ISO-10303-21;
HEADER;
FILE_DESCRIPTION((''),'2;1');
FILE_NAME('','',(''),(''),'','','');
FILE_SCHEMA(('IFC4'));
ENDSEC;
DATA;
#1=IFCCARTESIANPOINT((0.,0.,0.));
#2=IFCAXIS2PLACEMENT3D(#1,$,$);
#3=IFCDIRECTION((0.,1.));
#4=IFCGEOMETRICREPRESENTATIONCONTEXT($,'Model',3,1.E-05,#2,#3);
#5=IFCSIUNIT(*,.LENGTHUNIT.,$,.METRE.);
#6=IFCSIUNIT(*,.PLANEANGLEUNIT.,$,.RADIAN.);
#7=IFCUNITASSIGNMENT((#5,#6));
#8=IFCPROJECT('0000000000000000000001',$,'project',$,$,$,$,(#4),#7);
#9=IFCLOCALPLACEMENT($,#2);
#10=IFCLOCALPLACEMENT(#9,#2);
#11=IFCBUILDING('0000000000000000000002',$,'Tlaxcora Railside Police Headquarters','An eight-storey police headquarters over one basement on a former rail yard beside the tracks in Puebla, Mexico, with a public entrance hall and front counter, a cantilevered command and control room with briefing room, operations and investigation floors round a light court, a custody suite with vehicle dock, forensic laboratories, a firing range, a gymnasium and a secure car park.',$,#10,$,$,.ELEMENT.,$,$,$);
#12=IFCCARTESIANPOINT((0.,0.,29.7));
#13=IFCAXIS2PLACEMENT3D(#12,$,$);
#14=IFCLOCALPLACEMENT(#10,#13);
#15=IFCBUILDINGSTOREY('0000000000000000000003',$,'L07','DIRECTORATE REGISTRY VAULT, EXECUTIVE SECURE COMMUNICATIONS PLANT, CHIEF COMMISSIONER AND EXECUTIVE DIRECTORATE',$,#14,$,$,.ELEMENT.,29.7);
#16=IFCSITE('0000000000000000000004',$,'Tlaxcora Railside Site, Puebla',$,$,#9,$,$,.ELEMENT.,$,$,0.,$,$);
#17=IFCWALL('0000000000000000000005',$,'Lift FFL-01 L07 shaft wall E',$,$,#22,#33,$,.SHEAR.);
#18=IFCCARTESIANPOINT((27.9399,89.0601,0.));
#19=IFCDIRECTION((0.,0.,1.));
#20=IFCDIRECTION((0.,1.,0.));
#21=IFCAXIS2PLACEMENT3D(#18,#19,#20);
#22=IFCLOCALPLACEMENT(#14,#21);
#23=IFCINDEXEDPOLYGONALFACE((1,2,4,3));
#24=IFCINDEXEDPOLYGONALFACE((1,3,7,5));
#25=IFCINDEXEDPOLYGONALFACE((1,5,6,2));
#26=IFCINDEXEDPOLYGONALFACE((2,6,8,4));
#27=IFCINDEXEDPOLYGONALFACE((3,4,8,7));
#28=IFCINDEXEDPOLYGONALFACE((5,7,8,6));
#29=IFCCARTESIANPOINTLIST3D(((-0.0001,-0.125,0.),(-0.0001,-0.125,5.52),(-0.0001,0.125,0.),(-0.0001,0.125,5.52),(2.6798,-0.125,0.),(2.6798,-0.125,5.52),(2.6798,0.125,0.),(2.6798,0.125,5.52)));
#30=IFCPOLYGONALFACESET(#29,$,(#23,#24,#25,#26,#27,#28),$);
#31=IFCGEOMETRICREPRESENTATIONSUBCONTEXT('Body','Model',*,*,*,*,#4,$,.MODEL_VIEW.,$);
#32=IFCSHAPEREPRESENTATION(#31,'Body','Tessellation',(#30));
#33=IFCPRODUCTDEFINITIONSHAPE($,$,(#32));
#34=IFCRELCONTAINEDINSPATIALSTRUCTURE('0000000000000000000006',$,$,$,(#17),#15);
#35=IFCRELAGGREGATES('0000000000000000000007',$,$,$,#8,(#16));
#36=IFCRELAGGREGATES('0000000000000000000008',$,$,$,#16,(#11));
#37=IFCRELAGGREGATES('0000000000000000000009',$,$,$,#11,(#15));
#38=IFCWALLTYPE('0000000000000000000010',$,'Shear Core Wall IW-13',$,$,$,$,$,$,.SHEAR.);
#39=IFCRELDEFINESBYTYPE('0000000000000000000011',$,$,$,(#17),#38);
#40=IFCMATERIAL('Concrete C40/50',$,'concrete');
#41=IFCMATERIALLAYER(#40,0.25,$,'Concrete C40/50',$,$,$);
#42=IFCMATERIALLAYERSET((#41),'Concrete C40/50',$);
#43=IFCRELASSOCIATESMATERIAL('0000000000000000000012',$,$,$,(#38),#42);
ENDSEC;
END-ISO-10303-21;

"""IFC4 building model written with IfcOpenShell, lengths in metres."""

from ifc_helpers import new_model, si_unit, direction, frame, frame_2d, origin, place, context, subcontext, project, spatial, rectangle, extrude, material, layer, layer_set, type_object, element, save


model = new_model("IFC4")

# Units and contexts
model_context = context("Model", 3, precision=1e-05, world=origin(), true_north=direction((0.0, 1.0)))
body_context = subcontext(model_context, "Body", "Model", "MODEL_VIEW")
ifc_project = project(units=[si_unit("LENGTHUNIT", "METRE"), si_unit("PLANEANGLEUNIT", "RADIAN")], contexts=[model_context])

# Site, building, storey
site_placement = place(None, origin())
site = spatial("IfcSite", under=ifc_project, at=site_placement, Name="Tlaxcora Railside Site, Puebla", CompositionType="ELEMENT", RefElevation=0.0)
building_placement = place(site_placement, origin())
building = spatial("IfcBuilding", under=site, at=building_placement, Name="Tlaxcora Railside Police Headquarters", Description="An eight-storey police headquarters over one basement on a former rail yard beside the tracks in Puebla, Mexico, with a public entrance hall and front counter, a cantilevered command and control room with briefing room, operations and investigation floors round a light court, a custody suite with vehicle dock, forensic laboratories, a firing range, a gymnasium and a secure car park.", CompositionType="ELEMENT")
storey_placement = place(building_placement, frame((0.0, 0.0, 29.7)))
storey = spatial("IfcBuildingStorey", under=building, at=storey_placement, Name="L07", Description="DIRECTORATE REGISTRY VAULT, EXECUTIVE SECURE COMMUNICATIONS PLANT, CHIEF COMMISSIONER AND EXECUTIVE DIRECTORATE", CompositionType="ELEMENT", Elevation=29.7)

# Shared definitions
ifc_material_1 = material(Name="Concrete C40/50", Category="concrete")

# Shared definitions
ifc_layer_1 = layer(ifc_material_1, 0.25, Name="Concrete C40/50")
ifc_layer_set_1 = layer_set([ifc_layer_1], Name="Concrete C40/50")
wall_type_1 = type_object("IfcWallType", Name="Shear Core Wall IW-13", PredefinedType="SHEAR", material=ifc_layer_set_1)

# Wall
wall_1_placement = place(storey_placement, frame((27.9399, 89.0601, 0.0), z_axis=(0.0, 0.0, 1.0), x_axis=(0.0, 1.0, 0.0)))
element("IfcWall", 1, at=wall_1_placement, inside=storey, type_object=wall_type_1, Name="Lift FFL-01 L07 shaft wall E", PredefinedType="SHEAR", context=body_context, shape_type="SweptSolid", body=[
    extrude(rectangle(XDim=2.6799, YDim=0.25, at=frame_2d((1.3398, 0.0))), origin(), (0.0, 0.0, 1.0), 5.52),
])

save(model, "model.ifc")
